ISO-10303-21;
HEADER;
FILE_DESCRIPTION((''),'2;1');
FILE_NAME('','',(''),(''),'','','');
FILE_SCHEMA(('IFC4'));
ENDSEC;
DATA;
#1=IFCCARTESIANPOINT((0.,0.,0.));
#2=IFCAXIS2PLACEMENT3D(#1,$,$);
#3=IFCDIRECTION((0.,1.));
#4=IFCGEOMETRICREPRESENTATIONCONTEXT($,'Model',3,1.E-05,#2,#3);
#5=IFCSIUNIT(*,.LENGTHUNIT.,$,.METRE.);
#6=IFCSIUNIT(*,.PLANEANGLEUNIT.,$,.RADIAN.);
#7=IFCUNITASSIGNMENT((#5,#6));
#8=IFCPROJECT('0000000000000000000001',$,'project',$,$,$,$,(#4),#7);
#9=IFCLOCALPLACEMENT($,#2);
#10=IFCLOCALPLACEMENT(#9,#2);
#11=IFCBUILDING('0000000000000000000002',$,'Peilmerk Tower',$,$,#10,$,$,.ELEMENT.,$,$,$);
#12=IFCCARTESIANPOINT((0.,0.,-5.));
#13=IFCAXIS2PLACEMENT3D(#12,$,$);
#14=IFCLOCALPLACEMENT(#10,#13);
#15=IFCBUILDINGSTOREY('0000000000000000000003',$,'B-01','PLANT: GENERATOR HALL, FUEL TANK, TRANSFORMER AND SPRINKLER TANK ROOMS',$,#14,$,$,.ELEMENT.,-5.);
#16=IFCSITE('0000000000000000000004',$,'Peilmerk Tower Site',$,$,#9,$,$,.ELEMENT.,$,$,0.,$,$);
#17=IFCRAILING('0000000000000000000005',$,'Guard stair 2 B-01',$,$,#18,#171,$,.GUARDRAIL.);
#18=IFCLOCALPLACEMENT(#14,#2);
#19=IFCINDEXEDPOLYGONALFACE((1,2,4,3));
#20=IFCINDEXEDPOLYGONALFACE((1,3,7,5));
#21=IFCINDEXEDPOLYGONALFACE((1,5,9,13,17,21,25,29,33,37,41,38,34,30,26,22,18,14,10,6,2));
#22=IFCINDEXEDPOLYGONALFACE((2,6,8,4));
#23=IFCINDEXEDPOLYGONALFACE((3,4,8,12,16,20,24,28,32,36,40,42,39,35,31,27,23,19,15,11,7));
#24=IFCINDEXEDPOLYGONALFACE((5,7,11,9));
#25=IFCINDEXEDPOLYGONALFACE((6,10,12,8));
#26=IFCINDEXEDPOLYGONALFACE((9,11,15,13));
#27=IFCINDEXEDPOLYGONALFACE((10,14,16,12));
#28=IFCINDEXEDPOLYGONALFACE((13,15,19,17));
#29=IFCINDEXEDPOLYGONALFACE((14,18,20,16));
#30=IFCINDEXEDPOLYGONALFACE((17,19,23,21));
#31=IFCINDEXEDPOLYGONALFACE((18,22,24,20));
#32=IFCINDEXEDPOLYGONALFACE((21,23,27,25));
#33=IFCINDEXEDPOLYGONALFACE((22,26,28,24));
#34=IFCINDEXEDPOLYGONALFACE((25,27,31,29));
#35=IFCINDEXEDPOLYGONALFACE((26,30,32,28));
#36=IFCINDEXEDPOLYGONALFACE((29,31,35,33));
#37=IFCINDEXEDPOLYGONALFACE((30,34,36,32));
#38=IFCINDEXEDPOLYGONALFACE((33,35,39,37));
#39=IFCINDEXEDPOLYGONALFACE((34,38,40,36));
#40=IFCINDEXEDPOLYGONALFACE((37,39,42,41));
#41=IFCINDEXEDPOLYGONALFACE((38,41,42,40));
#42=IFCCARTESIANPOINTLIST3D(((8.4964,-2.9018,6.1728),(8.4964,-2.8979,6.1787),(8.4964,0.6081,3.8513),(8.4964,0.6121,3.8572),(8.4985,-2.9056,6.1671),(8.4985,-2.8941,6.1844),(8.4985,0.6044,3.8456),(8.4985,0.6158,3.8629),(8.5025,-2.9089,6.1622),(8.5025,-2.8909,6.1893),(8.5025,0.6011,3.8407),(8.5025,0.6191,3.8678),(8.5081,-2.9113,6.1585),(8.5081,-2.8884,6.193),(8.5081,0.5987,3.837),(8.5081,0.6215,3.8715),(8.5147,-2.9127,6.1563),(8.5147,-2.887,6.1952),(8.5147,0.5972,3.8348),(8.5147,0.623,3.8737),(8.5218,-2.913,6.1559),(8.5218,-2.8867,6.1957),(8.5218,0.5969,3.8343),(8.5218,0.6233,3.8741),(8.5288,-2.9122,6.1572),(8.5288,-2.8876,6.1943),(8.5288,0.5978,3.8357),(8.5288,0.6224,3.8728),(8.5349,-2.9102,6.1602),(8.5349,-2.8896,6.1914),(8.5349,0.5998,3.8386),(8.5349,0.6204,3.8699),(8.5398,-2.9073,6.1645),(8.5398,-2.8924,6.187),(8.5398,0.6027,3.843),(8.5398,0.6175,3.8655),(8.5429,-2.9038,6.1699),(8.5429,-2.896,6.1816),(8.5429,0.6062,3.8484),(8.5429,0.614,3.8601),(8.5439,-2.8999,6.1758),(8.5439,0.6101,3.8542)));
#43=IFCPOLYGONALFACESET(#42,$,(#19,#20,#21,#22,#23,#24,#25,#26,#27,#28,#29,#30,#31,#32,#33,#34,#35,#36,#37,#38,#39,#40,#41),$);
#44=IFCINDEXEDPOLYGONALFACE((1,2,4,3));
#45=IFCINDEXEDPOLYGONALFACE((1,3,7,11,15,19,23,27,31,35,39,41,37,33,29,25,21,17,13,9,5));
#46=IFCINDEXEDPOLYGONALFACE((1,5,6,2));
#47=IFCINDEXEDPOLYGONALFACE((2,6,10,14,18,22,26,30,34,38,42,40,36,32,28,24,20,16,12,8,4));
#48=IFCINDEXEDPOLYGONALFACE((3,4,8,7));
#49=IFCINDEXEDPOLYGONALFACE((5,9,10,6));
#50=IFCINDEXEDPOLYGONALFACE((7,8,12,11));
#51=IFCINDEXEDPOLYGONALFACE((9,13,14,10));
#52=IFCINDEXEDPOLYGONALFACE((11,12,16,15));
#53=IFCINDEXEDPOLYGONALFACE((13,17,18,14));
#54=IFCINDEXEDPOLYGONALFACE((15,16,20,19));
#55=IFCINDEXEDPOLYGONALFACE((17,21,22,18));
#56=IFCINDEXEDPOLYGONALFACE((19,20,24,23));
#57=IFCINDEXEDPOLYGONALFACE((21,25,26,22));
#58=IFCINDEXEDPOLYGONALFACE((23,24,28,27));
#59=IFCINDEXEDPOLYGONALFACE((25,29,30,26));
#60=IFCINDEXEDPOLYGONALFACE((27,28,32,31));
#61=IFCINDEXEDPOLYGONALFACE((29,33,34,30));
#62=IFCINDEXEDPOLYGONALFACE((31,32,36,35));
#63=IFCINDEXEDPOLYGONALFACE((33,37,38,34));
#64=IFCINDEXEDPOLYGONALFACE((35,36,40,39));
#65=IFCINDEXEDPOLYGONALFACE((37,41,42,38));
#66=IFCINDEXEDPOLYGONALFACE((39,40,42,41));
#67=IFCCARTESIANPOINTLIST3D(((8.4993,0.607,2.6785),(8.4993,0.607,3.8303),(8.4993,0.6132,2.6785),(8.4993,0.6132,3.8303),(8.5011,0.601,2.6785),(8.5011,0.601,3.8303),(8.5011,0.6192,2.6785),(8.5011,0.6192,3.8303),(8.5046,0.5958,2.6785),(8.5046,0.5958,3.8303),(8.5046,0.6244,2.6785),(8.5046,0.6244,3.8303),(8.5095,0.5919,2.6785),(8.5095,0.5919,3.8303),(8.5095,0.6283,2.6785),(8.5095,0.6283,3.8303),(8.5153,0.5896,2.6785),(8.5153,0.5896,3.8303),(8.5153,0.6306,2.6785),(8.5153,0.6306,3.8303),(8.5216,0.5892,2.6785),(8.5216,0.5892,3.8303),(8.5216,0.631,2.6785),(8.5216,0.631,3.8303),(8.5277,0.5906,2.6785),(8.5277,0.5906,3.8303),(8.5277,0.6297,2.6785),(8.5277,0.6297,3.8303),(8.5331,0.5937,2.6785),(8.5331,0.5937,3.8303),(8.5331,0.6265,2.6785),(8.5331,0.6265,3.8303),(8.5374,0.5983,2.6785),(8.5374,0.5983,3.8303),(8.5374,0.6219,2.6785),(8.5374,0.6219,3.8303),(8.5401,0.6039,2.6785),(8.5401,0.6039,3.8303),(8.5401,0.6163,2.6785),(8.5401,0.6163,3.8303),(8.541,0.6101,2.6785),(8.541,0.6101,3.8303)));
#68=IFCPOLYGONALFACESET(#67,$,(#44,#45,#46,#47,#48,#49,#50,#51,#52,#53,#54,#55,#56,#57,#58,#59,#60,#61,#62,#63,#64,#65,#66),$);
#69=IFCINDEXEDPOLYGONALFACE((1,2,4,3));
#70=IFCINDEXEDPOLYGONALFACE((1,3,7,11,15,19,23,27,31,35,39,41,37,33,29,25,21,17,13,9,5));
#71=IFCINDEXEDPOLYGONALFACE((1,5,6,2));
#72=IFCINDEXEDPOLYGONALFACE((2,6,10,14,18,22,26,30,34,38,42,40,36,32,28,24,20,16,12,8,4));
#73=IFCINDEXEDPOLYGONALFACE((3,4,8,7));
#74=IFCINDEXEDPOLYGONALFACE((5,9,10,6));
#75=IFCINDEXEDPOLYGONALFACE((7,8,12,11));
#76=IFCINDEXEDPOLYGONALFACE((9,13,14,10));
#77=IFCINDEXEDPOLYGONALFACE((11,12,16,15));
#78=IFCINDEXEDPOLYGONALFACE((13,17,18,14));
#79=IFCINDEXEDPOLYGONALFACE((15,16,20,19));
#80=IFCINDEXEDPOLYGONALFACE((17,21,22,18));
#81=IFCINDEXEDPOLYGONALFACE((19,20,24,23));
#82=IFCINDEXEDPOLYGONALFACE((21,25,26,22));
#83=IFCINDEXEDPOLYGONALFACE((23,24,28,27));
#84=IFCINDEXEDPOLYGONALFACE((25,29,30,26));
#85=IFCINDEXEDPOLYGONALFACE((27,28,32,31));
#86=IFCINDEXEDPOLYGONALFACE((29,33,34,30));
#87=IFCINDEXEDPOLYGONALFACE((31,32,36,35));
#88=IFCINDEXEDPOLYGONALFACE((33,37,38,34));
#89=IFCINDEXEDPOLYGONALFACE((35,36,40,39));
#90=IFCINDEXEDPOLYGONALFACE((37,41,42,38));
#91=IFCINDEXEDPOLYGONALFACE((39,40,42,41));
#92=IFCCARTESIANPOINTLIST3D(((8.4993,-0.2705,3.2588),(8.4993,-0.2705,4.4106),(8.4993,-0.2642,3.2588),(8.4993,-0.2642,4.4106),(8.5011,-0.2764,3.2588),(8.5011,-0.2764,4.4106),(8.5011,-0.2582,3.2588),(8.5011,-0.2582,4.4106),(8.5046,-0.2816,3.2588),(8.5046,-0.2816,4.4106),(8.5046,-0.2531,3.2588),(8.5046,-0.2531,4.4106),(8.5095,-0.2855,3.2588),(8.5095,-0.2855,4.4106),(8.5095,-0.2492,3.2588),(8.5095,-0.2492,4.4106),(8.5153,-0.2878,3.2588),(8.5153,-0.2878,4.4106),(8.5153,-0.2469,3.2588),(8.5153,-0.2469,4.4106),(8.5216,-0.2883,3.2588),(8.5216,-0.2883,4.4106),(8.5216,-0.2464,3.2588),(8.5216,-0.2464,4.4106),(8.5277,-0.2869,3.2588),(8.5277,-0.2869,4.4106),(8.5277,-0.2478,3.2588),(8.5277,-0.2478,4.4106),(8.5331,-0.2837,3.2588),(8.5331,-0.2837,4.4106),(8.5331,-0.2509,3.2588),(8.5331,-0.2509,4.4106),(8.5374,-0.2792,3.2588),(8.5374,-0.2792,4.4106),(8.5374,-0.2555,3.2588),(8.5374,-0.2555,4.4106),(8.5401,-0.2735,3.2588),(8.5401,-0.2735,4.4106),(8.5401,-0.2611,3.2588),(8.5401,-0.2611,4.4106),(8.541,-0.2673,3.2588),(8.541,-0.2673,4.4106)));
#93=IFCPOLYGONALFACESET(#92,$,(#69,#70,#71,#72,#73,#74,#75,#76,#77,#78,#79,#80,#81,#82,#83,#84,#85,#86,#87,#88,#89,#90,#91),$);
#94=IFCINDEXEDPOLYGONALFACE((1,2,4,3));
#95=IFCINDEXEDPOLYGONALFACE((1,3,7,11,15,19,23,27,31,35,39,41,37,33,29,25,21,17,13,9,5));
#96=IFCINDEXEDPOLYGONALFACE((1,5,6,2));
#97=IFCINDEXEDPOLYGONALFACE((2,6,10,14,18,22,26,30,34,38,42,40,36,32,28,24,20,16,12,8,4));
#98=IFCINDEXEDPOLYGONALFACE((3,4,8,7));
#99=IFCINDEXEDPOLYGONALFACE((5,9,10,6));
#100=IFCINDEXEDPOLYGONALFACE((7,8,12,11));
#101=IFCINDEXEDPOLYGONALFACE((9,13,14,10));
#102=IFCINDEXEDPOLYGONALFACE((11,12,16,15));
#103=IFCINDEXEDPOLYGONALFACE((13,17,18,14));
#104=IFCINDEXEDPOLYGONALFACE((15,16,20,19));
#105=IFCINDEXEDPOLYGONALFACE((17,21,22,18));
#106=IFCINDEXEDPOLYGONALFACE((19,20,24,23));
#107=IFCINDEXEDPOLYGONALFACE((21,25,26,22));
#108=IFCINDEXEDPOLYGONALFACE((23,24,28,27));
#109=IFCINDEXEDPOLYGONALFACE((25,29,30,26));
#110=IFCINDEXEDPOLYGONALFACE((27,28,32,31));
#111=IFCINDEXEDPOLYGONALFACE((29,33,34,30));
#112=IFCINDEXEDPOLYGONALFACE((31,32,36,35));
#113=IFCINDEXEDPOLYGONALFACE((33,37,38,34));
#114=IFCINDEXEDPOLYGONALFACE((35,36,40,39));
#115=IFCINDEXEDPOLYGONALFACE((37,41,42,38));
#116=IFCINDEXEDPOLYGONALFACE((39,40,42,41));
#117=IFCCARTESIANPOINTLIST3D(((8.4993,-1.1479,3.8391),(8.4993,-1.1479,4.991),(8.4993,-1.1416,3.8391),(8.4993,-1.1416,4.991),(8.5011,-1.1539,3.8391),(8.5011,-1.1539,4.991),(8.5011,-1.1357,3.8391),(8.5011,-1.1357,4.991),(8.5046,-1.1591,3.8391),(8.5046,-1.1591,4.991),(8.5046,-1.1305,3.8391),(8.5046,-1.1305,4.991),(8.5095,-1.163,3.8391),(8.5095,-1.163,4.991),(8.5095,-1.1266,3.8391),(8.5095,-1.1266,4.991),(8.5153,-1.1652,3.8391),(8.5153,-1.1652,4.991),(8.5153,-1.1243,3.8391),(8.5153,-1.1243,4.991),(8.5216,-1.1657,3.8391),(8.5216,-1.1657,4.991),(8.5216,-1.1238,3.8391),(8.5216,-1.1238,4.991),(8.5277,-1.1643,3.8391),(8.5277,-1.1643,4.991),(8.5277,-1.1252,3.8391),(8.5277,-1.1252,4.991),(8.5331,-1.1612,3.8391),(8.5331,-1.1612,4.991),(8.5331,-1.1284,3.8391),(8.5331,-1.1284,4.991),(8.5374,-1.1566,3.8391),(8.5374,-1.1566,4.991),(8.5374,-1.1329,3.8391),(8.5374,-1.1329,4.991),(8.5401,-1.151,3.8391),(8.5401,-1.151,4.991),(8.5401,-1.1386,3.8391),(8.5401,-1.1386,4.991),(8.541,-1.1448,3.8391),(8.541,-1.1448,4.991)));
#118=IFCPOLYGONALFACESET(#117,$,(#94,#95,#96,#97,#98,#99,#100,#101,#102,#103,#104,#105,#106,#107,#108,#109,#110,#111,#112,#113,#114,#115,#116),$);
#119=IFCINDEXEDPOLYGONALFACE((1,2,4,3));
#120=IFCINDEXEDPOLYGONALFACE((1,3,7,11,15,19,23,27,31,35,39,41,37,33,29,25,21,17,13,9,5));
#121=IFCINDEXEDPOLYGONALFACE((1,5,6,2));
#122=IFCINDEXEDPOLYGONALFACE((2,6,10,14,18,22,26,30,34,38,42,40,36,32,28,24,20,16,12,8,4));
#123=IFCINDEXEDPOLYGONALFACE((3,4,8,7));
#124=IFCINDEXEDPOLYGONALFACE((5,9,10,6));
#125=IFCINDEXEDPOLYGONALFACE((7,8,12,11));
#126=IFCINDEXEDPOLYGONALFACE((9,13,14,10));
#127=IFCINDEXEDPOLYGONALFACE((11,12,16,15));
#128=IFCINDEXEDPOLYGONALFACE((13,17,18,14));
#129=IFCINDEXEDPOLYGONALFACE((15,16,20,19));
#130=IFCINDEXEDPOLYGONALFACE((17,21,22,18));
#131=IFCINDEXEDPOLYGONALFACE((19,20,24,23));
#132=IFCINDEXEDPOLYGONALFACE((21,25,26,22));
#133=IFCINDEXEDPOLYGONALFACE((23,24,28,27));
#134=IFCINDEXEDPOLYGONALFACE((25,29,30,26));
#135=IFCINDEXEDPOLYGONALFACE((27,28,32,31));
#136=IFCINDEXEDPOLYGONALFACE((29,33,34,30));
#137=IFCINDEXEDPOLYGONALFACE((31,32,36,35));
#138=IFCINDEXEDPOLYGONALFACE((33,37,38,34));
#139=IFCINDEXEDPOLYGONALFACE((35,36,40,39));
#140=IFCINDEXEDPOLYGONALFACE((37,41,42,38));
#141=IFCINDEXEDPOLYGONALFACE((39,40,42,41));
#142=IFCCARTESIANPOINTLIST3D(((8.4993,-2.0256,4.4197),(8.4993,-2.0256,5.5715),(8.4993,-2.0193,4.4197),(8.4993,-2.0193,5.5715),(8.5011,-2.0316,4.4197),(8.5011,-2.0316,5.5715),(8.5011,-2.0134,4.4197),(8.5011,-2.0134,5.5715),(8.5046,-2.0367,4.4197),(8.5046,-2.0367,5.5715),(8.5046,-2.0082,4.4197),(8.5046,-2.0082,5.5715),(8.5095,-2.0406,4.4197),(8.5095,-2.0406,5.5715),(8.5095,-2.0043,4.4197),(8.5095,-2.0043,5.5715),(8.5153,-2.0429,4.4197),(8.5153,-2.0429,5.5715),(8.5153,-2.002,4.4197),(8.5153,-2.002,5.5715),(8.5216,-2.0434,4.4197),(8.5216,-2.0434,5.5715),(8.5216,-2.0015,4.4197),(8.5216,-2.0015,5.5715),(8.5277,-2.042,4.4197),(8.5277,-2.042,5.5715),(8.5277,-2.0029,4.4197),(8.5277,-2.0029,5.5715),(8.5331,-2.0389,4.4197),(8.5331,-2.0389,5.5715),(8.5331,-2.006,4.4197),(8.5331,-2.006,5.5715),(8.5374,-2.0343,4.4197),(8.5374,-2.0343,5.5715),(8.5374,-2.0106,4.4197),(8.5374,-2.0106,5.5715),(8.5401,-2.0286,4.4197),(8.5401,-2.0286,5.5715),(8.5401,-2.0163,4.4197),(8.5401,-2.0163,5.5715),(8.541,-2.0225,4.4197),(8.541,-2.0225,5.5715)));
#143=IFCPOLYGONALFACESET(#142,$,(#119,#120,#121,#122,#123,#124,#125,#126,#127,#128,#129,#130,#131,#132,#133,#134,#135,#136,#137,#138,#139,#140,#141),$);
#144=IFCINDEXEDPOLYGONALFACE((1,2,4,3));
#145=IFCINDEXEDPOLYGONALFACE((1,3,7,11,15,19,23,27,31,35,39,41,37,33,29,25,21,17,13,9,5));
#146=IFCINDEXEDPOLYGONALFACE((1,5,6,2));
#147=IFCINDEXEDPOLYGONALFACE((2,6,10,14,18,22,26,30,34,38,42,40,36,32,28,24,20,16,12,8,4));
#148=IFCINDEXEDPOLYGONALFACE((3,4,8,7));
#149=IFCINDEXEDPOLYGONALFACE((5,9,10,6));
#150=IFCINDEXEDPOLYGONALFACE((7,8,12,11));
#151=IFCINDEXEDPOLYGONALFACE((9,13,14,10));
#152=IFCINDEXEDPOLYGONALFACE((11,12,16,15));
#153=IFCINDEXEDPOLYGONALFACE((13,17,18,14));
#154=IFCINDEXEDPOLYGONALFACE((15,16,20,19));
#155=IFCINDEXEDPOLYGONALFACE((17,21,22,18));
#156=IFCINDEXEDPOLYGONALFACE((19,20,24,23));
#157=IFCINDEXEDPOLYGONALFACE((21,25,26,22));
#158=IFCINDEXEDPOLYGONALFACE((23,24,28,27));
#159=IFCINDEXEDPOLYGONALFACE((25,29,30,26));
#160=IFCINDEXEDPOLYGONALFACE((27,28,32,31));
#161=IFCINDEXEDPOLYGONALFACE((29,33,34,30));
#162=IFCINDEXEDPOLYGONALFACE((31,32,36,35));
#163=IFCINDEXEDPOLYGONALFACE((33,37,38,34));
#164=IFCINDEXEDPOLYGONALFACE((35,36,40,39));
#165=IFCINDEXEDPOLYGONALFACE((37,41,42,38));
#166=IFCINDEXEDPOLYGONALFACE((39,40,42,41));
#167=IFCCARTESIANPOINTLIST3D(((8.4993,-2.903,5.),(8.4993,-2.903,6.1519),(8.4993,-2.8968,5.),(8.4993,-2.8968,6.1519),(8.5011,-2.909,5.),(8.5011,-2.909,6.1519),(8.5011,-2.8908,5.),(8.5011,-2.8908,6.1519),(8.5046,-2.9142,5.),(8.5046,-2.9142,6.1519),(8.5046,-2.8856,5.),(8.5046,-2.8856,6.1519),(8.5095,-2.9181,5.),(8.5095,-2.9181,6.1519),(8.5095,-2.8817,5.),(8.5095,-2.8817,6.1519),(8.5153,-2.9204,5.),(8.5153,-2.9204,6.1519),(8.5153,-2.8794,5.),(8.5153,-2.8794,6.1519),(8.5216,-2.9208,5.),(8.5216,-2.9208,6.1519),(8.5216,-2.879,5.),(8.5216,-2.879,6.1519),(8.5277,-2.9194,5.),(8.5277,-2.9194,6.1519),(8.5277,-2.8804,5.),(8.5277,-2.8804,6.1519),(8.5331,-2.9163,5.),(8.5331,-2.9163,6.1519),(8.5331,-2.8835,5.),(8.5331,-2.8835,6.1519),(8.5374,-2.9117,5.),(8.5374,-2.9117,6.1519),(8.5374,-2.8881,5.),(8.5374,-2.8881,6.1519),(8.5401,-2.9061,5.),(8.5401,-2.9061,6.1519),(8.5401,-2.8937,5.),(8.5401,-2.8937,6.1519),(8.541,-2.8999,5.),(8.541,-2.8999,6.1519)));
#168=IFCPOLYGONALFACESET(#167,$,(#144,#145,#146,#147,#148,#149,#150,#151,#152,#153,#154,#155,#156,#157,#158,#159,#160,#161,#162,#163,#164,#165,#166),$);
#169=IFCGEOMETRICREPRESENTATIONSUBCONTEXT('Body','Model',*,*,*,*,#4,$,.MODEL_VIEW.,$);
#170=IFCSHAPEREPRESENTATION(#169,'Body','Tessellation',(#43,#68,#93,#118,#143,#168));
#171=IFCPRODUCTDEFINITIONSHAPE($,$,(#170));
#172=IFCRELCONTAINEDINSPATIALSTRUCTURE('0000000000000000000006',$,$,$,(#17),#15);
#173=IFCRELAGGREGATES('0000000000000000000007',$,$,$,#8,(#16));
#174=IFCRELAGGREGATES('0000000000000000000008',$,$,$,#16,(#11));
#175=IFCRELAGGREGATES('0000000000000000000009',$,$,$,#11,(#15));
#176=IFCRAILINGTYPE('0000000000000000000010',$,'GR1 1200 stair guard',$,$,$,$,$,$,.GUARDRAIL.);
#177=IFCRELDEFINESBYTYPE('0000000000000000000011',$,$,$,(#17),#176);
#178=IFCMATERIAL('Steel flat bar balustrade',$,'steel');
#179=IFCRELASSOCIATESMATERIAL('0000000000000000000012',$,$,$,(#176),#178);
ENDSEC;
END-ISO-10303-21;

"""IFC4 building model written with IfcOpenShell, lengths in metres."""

from ifc_helpers import new_model, si_unit, direction, frame, origin, origin_2d, place, context, subcontext, project, spatial, circle, extrude, material, type_object, element, save


model = new_model("IFC4")

# Units and contexts
model_context = context("Model", 3, precision=1e-05, world=origin(), true_north=direction((0.0, 1.0)))
body_context = subcontext(model_context, "Body", "Model", "MODEL_VIEW")
ifc_project = project(units=[si_unit("LENGTHUNIT", "METRE"), si_unit("PLANEANGLEUNIT", "RADIAN")], contexts=[model_context])

# Site, building, storey
site_placement = place(None, origin())
site = spatial("IfcSite", under=ifc_project, at=site_placement, Name="Peilmerk Tower Site", CompositionType="ELEMENT", RefElevation=0.0)
building_placement = place(site_placement, origin())
building = spatial("IfcBuilding", under=site, at=building_placement, Name="Peilmerk Tower", CompositionType="ELEMENT")
storey_placement = place(building_placement, frame((0.0, 0.0, -5.0)))
storey = spatial("IfcBuildingStorey", under=building, at=storey_placement, Name="B-01", Description="PLANT: GENERATOR HALL, FUEL TANK, TRANSFORMER AND SPRINKLER TANK ROOMS", CompositionType="ELEMENT", Elevation=-5.0)

# Railing
ifc_material_1 = material(Name="Steel flat bar balustrade", Category="steel")
railing_type_1 = type_object("IfcRailingType", Name="GR1 1200 stair guard", PredefinedType="GUARDRAIL", material=ifc_material_1)
railing_1_placement = place(storey_placement, frame((8.52, 0.6101, 2.6785)))
element("IfcRailing", 1, at=railing_1_placement, inside=storey, type_object=railing_type_1, Name="Guard stair 2 B-01", PredefinedType="GUARDRAIL", context=body_context, shape_type="SweptSolid", body=[
    extrude(circle(Radius=0.0239, at=origin_2d()), frame((0.0, 0.0, 1.1758), z_axis=(0.0, -0.834071, 0.551657), x_axis=(1.0, 0.0, 0.0)), (0.0, 0.0, 1.0), 4.2083),
    extrude(circle(Radius=0.021, at=origin_2d()), origin(), (0.0, 0.0, 1.0), 1.1519),
    extrude(circle(Radius=0.021, at=origin_2d()), frame((0.0, -0.8774, 0.5803)), (0.0, 0.0, 1.0), 1.1519),
    extrude(circle(Radius=0.021, at=origin_2d()), frame((0.0, -1.7549, 1.1606)), (0.0, 0.0, 1.0), 1.1519),
    extrude(circle(Radius=0.021, at=origin_2d()), frame((0.0, -2.6326, 1.7412)), (0.0, 0.0, 1.0), 1.1519),
    extrude(circle(Radius=0.021, at=origin_2d()), frame((0.0, -3.51, 2.3215)), (0.0, 0.0, 1.0), 1.1519),
])

save(model, "model.ifc")
